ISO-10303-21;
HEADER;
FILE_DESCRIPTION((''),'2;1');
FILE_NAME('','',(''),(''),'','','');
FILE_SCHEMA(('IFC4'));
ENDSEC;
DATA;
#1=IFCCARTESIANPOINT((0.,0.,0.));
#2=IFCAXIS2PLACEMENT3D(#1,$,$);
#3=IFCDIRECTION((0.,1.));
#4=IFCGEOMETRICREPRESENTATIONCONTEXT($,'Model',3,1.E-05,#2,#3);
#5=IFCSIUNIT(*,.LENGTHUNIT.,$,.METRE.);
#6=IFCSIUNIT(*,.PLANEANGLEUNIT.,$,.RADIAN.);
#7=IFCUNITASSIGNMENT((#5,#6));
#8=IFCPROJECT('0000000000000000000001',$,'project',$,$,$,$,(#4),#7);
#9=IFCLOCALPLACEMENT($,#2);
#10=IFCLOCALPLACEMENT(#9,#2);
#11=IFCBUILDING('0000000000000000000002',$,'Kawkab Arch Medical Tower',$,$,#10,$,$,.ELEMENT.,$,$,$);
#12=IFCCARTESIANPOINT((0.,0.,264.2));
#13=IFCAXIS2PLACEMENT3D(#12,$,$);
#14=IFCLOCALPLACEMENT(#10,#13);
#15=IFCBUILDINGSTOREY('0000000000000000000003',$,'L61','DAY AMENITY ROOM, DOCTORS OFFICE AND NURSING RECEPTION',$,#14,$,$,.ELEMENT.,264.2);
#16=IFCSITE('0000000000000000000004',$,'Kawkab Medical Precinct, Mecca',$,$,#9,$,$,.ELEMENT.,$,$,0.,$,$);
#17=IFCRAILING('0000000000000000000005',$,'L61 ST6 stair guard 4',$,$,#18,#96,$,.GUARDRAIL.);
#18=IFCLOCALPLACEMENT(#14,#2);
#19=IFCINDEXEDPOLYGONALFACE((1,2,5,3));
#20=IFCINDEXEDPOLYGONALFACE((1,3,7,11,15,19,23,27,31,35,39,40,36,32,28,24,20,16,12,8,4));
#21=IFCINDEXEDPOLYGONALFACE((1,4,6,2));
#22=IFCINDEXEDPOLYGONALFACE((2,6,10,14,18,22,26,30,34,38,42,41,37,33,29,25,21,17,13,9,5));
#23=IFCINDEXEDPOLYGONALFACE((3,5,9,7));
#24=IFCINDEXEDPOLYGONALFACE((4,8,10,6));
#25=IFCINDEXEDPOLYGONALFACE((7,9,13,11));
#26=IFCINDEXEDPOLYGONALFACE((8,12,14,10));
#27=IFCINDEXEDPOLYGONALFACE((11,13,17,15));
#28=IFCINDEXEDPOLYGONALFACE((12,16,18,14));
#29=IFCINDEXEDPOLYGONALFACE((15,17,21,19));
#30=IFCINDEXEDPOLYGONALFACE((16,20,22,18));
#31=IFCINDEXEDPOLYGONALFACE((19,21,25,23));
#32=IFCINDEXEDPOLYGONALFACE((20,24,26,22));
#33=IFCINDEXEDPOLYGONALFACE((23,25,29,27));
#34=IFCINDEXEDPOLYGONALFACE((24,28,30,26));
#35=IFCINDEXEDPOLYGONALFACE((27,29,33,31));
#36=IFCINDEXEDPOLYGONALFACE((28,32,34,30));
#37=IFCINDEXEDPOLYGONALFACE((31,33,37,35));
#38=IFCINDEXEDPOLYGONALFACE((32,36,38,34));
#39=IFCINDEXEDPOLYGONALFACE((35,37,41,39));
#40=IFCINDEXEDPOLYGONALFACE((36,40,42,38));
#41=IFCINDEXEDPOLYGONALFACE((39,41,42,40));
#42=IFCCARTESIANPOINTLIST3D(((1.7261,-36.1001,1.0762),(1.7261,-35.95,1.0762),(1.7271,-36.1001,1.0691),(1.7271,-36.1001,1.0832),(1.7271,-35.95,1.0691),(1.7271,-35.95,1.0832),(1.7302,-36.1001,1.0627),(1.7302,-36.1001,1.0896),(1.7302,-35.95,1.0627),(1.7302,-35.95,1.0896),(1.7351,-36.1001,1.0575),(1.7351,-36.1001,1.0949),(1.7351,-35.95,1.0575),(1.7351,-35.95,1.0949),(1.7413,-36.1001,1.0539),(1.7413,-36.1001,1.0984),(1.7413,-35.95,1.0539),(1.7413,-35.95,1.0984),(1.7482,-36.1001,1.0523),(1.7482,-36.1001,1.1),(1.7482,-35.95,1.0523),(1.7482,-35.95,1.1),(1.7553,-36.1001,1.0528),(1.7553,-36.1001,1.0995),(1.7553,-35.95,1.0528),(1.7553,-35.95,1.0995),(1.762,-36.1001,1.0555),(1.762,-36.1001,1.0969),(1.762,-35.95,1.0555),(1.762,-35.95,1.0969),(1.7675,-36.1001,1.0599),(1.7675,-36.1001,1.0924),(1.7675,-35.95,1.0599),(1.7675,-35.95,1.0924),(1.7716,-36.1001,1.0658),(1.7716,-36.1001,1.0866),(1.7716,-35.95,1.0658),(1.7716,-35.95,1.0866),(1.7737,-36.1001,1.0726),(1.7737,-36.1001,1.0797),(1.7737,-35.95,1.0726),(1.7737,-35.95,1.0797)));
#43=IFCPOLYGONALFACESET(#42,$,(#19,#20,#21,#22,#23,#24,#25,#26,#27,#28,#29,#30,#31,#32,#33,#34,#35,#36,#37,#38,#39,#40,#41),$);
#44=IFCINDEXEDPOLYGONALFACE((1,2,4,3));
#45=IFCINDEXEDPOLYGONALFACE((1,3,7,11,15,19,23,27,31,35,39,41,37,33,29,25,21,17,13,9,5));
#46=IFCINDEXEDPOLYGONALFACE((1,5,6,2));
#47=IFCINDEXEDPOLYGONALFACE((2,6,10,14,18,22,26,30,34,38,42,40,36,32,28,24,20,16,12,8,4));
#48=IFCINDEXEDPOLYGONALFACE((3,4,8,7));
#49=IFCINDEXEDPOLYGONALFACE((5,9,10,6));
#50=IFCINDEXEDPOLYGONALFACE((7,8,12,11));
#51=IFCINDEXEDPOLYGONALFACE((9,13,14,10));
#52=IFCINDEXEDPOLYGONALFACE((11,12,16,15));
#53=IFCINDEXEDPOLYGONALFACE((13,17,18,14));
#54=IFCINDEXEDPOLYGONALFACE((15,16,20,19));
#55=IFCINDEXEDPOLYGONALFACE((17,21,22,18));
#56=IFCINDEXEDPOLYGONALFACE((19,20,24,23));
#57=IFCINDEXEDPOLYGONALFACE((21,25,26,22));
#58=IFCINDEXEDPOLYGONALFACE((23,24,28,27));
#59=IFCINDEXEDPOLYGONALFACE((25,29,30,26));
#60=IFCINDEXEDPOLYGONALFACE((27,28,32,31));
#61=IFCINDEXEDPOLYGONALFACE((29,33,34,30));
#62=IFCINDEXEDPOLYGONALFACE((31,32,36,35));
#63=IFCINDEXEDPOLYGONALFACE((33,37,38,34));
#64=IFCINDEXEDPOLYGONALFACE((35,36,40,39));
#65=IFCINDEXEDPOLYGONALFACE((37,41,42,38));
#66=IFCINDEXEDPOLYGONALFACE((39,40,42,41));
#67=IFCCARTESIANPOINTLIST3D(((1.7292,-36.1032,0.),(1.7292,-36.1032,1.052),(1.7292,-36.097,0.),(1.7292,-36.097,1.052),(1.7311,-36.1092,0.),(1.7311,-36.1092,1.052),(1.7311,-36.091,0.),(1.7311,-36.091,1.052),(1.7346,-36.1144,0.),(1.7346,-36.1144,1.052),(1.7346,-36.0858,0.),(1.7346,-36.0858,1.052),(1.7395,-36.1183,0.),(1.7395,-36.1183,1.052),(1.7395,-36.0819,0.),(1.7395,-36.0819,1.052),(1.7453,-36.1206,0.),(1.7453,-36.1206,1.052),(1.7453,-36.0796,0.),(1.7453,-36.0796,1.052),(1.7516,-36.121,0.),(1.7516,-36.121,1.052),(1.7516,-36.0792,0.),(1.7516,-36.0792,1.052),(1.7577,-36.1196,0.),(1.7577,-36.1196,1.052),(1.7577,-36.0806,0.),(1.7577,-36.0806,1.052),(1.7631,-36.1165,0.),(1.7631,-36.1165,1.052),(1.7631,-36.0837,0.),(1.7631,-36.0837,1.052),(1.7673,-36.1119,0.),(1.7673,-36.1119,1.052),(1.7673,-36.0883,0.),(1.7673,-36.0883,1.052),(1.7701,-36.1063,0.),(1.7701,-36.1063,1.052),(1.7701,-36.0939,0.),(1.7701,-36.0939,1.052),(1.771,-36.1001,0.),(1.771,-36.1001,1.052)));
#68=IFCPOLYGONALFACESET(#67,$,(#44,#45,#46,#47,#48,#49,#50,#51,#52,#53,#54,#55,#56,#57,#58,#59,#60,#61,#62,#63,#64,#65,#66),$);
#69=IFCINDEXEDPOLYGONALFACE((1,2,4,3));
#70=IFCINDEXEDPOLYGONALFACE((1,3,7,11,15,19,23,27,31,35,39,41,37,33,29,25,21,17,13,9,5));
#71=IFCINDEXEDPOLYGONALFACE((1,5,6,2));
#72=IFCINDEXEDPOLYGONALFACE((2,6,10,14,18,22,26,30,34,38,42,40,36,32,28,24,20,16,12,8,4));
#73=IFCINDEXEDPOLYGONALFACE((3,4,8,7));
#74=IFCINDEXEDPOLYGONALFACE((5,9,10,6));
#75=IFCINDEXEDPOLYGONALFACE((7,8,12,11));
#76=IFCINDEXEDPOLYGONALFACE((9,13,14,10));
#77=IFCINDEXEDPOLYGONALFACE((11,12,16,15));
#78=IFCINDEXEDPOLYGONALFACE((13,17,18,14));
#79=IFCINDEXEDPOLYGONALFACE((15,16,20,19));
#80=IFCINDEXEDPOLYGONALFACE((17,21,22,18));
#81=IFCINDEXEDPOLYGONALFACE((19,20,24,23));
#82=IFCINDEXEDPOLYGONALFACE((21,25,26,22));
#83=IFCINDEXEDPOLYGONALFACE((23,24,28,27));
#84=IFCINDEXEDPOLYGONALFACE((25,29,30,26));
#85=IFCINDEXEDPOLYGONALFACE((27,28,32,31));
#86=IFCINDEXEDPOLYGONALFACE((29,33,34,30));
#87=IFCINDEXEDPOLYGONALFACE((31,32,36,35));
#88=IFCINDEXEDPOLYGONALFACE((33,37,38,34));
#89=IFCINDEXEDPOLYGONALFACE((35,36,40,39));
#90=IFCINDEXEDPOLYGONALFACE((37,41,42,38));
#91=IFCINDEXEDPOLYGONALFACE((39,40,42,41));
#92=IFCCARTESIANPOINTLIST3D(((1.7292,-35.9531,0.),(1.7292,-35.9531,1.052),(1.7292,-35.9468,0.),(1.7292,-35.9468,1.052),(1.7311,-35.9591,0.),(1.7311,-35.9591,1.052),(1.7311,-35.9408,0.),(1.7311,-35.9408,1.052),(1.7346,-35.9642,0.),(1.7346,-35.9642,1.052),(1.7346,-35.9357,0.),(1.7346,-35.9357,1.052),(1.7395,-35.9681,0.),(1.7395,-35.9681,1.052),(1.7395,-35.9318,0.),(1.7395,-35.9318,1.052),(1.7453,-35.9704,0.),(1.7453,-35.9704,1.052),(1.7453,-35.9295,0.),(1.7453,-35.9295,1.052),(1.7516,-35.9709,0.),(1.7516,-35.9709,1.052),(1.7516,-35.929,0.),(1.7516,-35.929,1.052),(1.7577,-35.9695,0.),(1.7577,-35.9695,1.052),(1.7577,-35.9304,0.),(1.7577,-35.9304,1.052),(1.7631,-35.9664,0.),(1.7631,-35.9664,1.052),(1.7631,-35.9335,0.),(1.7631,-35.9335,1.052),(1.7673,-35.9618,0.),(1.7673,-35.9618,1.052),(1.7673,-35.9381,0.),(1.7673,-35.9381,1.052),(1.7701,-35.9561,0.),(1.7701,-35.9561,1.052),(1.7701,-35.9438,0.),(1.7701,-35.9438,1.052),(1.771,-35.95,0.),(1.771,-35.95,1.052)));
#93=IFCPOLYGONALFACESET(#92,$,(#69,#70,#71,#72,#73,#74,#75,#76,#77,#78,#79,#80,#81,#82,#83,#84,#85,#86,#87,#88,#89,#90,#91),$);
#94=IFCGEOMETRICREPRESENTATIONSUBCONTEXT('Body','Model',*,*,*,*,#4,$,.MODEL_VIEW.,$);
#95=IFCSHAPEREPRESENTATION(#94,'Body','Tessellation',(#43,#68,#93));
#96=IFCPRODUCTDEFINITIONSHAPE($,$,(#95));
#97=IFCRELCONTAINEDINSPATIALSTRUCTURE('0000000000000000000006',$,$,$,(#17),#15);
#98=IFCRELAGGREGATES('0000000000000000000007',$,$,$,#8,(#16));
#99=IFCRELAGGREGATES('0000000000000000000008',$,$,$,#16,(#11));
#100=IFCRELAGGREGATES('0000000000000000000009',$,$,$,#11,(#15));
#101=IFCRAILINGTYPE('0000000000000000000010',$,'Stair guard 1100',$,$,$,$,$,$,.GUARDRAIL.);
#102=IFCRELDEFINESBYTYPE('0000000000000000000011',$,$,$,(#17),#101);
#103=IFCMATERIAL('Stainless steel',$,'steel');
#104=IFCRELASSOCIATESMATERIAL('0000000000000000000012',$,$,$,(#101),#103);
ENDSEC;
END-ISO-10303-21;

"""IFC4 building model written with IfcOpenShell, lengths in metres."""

from ifc_helpers import new_model, si_unit, direction, frame, origin, origin_2d, place, context, subcontext, project, spatial, circle, extrude, material, type_object, element, save


model = new_model("IFC4")

# Units and contexts
model_context = context("Model", 3, precision=1e-05, world=origin(), true_north=direction((0.0, 1.0)))
body_context = subcontext(model_context, "Body", "Model", "MODEL_VIEW")
ifc_project = project(units=[si_unit("LENGTHUNIT", "METRE"), si_unit("PLANEANGLEUNIT", "RADIAN")], contexts=[model_context])

# Site, building, storey
site_placement = place(None, origin())
site = spatial("IfcSite", under=ifc_project, at=site_placement, Name="Kawkab Medical Precinct, Mecca", CompositionType="ELEMENT", RefElevation=0.0)
building_placement = place(site_placement, origin())
building = spatial("IfcBuilding", under=site, at=building_placement, Name="Kawkab Arch Medical Tower", CompositionType="ELEMENT")
storey_placement = place(building_placement, frame((0.0, 0.0, 264.2)))
storey = spatial("IfcBuildingStorey", under=building, at=storey_placement, Name="L61", Description="DAY AMENITY ROOM, DOCTORS OFFICE AND NURSING RECEPTION", CompositionType="ELEMENT", Elevation=264.2)

# Railing
ifc_material_1 = material(Name="Stainless steel", Category="steel")
railing_type_1 = type_object("IfcRailingType", Name="Stair guard 1100", PredefinedType="GUARDRAIL", material=ifc_material_1)
railing_1_placement = place(storey_placement, frame((1.75, -36.1001, 0.0)))
element("IfcRailing", 1, at=railing_1_placement, inside=storey, type_object=railing_type_1, Name="L61 ST6 stair guard 4", PredefinedType="GUARDRAIL", context=body_context, shape_type="SweptSolid", body=[
    extrude(circle(Radius=0.0239, at=origin_2d()), frame((0.0, 0.0, 1.0762), z_axis=(0.0, 1.0, 0.0), x_axis=(-1.0, 0.0, 0.0)), (0.0, 0.0, 1.0), 0.1501),
    extrude(circle(Radius=0.021, at=origin_2d()), origin(), (0.0, 0.0, 1.0), 1.052),
    extrude(circle(Radius=0.021, at=origin_2d()), frame((0.0, 0.1501, 0.0)), (0.0, 0.0, 1.0), 1.052),
])

save(model, "model.ifc")
